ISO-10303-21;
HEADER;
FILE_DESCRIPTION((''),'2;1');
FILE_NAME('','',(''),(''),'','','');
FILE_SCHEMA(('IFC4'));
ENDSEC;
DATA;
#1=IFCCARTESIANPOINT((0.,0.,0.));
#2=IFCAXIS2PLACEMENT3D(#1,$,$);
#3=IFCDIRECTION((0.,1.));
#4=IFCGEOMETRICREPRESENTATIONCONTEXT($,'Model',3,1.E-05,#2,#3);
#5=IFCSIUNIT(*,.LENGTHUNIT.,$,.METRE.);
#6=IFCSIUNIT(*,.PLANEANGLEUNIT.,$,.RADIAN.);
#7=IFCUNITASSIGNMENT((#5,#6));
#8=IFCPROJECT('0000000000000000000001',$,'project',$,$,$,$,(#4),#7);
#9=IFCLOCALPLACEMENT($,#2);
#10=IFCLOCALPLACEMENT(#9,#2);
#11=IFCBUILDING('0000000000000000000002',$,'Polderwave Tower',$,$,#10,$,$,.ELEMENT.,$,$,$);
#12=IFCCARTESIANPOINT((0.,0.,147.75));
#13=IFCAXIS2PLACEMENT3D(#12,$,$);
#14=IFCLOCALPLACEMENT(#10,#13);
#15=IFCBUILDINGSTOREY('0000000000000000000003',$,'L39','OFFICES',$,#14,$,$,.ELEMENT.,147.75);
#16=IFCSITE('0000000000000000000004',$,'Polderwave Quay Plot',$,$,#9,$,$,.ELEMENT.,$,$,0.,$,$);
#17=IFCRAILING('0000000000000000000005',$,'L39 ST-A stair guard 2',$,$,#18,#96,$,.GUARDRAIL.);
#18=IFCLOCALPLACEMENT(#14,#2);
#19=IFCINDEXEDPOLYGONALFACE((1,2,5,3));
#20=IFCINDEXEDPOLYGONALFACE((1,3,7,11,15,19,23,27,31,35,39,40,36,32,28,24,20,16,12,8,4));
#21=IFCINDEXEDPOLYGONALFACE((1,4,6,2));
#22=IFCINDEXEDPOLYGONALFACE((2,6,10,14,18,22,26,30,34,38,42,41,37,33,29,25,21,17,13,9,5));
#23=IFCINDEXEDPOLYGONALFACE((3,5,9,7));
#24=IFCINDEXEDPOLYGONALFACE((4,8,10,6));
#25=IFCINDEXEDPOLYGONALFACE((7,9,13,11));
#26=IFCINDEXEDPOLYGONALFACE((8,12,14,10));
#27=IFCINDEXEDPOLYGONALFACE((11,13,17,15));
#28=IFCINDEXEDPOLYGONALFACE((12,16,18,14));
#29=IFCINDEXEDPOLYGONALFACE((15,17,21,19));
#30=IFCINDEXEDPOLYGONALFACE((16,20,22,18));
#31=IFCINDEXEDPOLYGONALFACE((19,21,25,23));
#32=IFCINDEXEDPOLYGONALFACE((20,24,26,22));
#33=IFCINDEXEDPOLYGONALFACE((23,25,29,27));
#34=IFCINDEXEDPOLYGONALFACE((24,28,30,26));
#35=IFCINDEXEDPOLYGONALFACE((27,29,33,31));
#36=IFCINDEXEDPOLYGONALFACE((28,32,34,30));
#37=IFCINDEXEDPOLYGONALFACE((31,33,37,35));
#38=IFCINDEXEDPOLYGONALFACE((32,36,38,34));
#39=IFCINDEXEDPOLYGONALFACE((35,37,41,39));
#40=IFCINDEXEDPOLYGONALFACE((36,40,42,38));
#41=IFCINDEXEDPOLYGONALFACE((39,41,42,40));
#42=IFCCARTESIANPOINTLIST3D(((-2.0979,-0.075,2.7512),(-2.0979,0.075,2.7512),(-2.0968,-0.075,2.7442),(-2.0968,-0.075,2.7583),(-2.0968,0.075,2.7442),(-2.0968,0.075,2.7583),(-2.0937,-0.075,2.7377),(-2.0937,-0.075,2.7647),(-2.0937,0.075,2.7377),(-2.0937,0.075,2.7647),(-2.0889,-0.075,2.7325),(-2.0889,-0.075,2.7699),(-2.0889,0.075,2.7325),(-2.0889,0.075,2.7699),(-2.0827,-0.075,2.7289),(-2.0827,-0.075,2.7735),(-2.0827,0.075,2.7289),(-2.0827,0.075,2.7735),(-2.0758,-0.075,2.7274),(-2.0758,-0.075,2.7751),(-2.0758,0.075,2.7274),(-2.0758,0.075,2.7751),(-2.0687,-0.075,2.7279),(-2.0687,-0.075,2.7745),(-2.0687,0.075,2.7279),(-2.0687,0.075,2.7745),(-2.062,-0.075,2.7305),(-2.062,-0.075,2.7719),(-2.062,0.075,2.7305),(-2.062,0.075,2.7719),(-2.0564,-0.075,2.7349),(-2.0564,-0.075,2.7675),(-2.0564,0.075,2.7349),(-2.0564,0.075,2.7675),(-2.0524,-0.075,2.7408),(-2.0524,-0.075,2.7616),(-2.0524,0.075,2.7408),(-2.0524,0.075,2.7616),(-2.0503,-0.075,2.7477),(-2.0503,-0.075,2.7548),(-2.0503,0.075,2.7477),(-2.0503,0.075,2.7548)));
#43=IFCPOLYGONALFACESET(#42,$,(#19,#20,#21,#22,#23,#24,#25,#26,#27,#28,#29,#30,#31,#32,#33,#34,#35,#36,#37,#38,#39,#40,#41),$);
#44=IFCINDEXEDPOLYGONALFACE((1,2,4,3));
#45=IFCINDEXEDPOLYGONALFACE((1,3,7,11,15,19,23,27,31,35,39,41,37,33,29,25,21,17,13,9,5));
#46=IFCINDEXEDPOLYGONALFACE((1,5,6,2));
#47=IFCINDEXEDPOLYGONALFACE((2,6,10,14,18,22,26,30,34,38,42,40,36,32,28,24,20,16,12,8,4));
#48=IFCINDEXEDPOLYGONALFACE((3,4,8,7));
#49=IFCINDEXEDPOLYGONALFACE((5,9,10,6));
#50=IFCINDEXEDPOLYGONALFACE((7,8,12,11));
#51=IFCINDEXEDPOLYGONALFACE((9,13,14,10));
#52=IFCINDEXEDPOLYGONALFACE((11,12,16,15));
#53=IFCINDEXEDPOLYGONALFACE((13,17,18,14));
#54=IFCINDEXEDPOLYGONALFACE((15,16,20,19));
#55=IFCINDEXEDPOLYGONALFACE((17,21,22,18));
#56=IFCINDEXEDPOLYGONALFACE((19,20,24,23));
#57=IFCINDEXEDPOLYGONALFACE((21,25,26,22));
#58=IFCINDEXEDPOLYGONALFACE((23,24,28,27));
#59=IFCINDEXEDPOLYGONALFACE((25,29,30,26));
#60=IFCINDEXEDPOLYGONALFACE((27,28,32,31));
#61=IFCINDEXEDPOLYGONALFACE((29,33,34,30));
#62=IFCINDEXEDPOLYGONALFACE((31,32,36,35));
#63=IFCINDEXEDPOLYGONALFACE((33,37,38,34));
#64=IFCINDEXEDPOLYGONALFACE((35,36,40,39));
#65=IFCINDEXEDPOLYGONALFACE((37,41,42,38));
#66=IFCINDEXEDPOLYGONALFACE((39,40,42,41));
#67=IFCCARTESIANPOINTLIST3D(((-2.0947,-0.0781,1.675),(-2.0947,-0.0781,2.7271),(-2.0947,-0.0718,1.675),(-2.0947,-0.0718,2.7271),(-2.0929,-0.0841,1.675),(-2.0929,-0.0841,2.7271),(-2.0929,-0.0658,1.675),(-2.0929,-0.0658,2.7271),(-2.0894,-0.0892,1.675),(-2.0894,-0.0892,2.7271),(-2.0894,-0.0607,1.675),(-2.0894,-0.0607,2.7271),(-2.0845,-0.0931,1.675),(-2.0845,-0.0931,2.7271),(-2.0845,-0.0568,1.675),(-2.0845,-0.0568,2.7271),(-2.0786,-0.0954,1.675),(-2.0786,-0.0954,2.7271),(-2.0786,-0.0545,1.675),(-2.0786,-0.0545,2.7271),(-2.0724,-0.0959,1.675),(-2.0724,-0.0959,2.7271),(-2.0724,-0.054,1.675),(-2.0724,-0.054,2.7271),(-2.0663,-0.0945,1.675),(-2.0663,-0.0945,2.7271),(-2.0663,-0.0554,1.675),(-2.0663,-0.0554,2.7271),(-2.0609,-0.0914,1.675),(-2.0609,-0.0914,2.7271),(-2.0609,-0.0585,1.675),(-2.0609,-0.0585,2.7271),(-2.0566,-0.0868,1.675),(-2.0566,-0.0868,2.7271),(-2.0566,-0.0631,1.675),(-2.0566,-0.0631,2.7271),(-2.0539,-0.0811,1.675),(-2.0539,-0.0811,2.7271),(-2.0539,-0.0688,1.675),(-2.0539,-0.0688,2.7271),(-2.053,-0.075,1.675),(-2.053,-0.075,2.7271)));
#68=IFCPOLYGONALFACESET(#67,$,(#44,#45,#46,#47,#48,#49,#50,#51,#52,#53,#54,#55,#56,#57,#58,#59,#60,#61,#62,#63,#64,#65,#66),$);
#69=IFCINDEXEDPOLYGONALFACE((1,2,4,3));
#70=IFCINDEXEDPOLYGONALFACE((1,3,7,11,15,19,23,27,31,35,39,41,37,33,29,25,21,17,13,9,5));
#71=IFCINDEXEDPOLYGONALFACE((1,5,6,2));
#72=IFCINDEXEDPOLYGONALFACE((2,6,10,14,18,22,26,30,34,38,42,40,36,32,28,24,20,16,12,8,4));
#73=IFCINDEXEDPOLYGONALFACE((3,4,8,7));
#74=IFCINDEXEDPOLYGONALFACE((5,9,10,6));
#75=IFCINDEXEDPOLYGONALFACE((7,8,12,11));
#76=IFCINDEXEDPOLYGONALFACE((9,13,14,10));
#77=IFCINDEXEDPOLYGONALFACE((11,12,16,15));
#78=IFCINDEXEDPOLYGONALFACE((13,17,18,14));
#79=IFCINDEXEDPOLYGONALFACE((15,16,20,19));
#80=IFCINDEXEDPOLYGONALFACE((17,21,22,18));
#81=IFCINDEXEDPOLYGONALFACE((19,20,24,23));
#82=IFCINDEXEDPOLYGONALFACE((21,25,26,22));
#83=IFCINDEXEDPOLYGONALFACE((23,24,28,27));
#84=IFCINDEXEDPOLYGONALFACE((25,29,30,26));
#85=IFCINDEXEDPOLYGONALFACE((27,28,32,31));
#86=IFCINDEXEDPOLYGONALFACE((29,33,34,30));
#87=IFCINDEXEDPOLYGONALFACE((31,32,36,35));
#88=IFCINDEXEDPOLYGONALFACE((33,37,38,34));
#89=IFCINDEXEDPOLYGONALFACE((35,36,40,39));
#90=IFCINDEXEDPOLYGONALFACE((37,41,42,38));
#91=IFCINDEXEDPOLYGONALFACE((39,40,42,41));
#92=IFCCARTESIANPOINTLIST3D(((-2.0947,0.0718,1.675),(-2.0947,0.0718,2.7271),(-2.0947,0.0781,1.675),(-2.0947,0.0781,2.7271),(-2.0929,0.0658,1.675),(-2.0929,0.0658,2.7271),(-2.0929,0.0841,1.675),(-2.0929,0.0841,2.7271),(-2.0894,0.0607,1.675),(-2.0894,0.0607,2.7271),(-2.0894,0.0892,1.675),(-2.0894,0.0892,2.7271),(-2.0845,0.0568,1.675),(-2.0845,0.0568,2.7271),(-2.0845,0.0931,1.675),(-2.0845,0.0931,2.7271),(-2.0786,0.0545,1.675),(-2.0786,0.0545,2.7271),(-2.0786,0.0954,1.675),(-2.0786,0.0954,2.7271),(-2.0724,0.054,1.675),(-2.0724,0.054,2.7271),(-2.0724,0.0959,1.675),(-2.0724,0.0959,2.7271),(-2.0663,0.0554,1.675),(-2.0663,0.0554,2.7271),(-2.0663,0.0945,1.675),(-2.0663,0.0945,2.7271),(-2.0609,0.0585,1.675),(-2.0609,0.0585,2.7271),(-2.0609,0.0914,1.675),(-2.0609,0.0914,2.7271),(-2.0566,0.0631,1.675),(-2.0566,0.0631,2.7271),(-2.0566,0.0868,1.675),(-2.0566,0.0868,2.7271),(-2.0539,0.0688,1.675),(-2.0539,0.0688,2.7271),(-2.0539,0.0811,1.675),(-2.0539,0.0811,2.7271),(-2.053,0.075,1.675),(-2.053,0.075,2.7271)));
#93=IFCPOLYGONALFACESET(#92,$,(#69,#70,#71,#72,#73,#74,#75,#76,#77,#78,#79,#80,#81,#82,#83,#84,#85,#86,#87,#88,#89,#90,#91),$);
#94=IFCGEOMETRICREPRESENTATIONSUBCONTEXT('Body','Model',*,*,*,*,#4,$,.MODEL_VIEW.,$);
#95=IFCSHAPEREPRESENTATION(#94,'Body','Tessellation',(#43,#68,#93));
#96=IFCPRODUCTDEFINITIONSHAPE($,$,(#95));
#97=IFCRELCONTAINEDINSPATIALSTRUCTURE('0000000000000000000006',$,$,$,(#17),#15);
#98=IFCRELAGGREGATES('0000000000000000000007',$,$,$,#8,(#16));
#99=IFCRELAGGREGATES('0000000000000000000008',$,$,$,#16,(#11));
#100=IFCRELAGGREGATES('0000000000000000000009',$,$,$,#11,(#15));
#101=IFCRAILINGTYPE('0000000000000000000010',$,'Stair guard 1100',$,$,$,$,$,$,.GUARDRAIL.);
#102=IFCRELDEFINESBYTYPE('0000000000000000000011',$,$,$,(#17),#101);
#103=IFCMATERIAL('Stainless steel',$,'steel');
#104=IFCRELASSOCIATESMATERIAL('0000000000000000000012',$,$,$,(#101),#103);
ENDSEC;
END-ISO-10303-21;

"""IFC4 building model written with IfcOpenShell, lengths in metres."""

from ifc_helpers import new_model, si_unit, direction, frame, origin, origin_2d, place, context, subcontext, project, spatial, circle, extrude, material, type_object, element, save


model = new_model("IFC4")

# Units and contexts
model_context = context("Model", 3, precision=1e-05, world=origin(), true_north=direction((0.0, 1.0)))
body_context = subcontext(model_context, "Body", "Model", "MODEL_VIEW")
ifc_project = project(units=[si_unit("LENGTHUNIT", "METRE"), si_unit("PLANEANGLEUNIT", "RADIAN")], contexts=[model_context])

# Site, building, storey
site_placement = place(None, origin())
site = spatial("IfcSite", under=ifc_project, at=site_placement, Name="Polderwave Quay Plot", CompositionType="ELEMENT", RefElevation=0.0)
building_placement = place(site_placement, origin())
building = spatial("IfcBuilding", under=site, at=building_placement, Name="Polderwave Tower", CompositionType="ELEMENT")
storey_placement = place(building_placement, frame((0.0, 0.0, 147.75)))
storey = spatial("IfcBuildingStorey", under=building, at=storey_placement, Name="L39", Description="OFFICES", CompositionType="ELEMENT", Elevation=147.75)

# Railing
ifc_material_1 = material(Name="Stainless steel", Category="steel")
railing_type_1 = type_object("IfcRailingType", Name="Stair guard 1100", PredefinedType="GUARDRAIL", material=ifc_material_1)
railing_1_placement = place(storey_placement, frame((-2.074, -0.075, 1.675)))
element("IfcRailing", 1, at=railing_1_placement, inside=storey, type_object=railing_type_1, Name="L39 ST-A stair guard 2", PredefinedType="GUARDRAIL", context=body_context, shape_type="SweptSolid", body=[
    extrude(circle(Radius=0.0239, at=origin_2d()), frame((0.0, 0.0, 1.0762), z_axis=(0.0, 1.0, 0.0), x_axis=(-1.0, 0.0, 0.0)), (0.0, 0.0, 1.0), 0.1499),
    extrude(circle(Radius=0.021, at=origin_2d()), origin(), (0.0, 0.0, 1.0), 1.052),
    extrude(circle(Radius=0.021, at=origin_2d()), frame((0.0, 0.1499, 0.0)), (0.0, 0.0, 1.0), 1.052),
])

save(model, "model.ifc")
